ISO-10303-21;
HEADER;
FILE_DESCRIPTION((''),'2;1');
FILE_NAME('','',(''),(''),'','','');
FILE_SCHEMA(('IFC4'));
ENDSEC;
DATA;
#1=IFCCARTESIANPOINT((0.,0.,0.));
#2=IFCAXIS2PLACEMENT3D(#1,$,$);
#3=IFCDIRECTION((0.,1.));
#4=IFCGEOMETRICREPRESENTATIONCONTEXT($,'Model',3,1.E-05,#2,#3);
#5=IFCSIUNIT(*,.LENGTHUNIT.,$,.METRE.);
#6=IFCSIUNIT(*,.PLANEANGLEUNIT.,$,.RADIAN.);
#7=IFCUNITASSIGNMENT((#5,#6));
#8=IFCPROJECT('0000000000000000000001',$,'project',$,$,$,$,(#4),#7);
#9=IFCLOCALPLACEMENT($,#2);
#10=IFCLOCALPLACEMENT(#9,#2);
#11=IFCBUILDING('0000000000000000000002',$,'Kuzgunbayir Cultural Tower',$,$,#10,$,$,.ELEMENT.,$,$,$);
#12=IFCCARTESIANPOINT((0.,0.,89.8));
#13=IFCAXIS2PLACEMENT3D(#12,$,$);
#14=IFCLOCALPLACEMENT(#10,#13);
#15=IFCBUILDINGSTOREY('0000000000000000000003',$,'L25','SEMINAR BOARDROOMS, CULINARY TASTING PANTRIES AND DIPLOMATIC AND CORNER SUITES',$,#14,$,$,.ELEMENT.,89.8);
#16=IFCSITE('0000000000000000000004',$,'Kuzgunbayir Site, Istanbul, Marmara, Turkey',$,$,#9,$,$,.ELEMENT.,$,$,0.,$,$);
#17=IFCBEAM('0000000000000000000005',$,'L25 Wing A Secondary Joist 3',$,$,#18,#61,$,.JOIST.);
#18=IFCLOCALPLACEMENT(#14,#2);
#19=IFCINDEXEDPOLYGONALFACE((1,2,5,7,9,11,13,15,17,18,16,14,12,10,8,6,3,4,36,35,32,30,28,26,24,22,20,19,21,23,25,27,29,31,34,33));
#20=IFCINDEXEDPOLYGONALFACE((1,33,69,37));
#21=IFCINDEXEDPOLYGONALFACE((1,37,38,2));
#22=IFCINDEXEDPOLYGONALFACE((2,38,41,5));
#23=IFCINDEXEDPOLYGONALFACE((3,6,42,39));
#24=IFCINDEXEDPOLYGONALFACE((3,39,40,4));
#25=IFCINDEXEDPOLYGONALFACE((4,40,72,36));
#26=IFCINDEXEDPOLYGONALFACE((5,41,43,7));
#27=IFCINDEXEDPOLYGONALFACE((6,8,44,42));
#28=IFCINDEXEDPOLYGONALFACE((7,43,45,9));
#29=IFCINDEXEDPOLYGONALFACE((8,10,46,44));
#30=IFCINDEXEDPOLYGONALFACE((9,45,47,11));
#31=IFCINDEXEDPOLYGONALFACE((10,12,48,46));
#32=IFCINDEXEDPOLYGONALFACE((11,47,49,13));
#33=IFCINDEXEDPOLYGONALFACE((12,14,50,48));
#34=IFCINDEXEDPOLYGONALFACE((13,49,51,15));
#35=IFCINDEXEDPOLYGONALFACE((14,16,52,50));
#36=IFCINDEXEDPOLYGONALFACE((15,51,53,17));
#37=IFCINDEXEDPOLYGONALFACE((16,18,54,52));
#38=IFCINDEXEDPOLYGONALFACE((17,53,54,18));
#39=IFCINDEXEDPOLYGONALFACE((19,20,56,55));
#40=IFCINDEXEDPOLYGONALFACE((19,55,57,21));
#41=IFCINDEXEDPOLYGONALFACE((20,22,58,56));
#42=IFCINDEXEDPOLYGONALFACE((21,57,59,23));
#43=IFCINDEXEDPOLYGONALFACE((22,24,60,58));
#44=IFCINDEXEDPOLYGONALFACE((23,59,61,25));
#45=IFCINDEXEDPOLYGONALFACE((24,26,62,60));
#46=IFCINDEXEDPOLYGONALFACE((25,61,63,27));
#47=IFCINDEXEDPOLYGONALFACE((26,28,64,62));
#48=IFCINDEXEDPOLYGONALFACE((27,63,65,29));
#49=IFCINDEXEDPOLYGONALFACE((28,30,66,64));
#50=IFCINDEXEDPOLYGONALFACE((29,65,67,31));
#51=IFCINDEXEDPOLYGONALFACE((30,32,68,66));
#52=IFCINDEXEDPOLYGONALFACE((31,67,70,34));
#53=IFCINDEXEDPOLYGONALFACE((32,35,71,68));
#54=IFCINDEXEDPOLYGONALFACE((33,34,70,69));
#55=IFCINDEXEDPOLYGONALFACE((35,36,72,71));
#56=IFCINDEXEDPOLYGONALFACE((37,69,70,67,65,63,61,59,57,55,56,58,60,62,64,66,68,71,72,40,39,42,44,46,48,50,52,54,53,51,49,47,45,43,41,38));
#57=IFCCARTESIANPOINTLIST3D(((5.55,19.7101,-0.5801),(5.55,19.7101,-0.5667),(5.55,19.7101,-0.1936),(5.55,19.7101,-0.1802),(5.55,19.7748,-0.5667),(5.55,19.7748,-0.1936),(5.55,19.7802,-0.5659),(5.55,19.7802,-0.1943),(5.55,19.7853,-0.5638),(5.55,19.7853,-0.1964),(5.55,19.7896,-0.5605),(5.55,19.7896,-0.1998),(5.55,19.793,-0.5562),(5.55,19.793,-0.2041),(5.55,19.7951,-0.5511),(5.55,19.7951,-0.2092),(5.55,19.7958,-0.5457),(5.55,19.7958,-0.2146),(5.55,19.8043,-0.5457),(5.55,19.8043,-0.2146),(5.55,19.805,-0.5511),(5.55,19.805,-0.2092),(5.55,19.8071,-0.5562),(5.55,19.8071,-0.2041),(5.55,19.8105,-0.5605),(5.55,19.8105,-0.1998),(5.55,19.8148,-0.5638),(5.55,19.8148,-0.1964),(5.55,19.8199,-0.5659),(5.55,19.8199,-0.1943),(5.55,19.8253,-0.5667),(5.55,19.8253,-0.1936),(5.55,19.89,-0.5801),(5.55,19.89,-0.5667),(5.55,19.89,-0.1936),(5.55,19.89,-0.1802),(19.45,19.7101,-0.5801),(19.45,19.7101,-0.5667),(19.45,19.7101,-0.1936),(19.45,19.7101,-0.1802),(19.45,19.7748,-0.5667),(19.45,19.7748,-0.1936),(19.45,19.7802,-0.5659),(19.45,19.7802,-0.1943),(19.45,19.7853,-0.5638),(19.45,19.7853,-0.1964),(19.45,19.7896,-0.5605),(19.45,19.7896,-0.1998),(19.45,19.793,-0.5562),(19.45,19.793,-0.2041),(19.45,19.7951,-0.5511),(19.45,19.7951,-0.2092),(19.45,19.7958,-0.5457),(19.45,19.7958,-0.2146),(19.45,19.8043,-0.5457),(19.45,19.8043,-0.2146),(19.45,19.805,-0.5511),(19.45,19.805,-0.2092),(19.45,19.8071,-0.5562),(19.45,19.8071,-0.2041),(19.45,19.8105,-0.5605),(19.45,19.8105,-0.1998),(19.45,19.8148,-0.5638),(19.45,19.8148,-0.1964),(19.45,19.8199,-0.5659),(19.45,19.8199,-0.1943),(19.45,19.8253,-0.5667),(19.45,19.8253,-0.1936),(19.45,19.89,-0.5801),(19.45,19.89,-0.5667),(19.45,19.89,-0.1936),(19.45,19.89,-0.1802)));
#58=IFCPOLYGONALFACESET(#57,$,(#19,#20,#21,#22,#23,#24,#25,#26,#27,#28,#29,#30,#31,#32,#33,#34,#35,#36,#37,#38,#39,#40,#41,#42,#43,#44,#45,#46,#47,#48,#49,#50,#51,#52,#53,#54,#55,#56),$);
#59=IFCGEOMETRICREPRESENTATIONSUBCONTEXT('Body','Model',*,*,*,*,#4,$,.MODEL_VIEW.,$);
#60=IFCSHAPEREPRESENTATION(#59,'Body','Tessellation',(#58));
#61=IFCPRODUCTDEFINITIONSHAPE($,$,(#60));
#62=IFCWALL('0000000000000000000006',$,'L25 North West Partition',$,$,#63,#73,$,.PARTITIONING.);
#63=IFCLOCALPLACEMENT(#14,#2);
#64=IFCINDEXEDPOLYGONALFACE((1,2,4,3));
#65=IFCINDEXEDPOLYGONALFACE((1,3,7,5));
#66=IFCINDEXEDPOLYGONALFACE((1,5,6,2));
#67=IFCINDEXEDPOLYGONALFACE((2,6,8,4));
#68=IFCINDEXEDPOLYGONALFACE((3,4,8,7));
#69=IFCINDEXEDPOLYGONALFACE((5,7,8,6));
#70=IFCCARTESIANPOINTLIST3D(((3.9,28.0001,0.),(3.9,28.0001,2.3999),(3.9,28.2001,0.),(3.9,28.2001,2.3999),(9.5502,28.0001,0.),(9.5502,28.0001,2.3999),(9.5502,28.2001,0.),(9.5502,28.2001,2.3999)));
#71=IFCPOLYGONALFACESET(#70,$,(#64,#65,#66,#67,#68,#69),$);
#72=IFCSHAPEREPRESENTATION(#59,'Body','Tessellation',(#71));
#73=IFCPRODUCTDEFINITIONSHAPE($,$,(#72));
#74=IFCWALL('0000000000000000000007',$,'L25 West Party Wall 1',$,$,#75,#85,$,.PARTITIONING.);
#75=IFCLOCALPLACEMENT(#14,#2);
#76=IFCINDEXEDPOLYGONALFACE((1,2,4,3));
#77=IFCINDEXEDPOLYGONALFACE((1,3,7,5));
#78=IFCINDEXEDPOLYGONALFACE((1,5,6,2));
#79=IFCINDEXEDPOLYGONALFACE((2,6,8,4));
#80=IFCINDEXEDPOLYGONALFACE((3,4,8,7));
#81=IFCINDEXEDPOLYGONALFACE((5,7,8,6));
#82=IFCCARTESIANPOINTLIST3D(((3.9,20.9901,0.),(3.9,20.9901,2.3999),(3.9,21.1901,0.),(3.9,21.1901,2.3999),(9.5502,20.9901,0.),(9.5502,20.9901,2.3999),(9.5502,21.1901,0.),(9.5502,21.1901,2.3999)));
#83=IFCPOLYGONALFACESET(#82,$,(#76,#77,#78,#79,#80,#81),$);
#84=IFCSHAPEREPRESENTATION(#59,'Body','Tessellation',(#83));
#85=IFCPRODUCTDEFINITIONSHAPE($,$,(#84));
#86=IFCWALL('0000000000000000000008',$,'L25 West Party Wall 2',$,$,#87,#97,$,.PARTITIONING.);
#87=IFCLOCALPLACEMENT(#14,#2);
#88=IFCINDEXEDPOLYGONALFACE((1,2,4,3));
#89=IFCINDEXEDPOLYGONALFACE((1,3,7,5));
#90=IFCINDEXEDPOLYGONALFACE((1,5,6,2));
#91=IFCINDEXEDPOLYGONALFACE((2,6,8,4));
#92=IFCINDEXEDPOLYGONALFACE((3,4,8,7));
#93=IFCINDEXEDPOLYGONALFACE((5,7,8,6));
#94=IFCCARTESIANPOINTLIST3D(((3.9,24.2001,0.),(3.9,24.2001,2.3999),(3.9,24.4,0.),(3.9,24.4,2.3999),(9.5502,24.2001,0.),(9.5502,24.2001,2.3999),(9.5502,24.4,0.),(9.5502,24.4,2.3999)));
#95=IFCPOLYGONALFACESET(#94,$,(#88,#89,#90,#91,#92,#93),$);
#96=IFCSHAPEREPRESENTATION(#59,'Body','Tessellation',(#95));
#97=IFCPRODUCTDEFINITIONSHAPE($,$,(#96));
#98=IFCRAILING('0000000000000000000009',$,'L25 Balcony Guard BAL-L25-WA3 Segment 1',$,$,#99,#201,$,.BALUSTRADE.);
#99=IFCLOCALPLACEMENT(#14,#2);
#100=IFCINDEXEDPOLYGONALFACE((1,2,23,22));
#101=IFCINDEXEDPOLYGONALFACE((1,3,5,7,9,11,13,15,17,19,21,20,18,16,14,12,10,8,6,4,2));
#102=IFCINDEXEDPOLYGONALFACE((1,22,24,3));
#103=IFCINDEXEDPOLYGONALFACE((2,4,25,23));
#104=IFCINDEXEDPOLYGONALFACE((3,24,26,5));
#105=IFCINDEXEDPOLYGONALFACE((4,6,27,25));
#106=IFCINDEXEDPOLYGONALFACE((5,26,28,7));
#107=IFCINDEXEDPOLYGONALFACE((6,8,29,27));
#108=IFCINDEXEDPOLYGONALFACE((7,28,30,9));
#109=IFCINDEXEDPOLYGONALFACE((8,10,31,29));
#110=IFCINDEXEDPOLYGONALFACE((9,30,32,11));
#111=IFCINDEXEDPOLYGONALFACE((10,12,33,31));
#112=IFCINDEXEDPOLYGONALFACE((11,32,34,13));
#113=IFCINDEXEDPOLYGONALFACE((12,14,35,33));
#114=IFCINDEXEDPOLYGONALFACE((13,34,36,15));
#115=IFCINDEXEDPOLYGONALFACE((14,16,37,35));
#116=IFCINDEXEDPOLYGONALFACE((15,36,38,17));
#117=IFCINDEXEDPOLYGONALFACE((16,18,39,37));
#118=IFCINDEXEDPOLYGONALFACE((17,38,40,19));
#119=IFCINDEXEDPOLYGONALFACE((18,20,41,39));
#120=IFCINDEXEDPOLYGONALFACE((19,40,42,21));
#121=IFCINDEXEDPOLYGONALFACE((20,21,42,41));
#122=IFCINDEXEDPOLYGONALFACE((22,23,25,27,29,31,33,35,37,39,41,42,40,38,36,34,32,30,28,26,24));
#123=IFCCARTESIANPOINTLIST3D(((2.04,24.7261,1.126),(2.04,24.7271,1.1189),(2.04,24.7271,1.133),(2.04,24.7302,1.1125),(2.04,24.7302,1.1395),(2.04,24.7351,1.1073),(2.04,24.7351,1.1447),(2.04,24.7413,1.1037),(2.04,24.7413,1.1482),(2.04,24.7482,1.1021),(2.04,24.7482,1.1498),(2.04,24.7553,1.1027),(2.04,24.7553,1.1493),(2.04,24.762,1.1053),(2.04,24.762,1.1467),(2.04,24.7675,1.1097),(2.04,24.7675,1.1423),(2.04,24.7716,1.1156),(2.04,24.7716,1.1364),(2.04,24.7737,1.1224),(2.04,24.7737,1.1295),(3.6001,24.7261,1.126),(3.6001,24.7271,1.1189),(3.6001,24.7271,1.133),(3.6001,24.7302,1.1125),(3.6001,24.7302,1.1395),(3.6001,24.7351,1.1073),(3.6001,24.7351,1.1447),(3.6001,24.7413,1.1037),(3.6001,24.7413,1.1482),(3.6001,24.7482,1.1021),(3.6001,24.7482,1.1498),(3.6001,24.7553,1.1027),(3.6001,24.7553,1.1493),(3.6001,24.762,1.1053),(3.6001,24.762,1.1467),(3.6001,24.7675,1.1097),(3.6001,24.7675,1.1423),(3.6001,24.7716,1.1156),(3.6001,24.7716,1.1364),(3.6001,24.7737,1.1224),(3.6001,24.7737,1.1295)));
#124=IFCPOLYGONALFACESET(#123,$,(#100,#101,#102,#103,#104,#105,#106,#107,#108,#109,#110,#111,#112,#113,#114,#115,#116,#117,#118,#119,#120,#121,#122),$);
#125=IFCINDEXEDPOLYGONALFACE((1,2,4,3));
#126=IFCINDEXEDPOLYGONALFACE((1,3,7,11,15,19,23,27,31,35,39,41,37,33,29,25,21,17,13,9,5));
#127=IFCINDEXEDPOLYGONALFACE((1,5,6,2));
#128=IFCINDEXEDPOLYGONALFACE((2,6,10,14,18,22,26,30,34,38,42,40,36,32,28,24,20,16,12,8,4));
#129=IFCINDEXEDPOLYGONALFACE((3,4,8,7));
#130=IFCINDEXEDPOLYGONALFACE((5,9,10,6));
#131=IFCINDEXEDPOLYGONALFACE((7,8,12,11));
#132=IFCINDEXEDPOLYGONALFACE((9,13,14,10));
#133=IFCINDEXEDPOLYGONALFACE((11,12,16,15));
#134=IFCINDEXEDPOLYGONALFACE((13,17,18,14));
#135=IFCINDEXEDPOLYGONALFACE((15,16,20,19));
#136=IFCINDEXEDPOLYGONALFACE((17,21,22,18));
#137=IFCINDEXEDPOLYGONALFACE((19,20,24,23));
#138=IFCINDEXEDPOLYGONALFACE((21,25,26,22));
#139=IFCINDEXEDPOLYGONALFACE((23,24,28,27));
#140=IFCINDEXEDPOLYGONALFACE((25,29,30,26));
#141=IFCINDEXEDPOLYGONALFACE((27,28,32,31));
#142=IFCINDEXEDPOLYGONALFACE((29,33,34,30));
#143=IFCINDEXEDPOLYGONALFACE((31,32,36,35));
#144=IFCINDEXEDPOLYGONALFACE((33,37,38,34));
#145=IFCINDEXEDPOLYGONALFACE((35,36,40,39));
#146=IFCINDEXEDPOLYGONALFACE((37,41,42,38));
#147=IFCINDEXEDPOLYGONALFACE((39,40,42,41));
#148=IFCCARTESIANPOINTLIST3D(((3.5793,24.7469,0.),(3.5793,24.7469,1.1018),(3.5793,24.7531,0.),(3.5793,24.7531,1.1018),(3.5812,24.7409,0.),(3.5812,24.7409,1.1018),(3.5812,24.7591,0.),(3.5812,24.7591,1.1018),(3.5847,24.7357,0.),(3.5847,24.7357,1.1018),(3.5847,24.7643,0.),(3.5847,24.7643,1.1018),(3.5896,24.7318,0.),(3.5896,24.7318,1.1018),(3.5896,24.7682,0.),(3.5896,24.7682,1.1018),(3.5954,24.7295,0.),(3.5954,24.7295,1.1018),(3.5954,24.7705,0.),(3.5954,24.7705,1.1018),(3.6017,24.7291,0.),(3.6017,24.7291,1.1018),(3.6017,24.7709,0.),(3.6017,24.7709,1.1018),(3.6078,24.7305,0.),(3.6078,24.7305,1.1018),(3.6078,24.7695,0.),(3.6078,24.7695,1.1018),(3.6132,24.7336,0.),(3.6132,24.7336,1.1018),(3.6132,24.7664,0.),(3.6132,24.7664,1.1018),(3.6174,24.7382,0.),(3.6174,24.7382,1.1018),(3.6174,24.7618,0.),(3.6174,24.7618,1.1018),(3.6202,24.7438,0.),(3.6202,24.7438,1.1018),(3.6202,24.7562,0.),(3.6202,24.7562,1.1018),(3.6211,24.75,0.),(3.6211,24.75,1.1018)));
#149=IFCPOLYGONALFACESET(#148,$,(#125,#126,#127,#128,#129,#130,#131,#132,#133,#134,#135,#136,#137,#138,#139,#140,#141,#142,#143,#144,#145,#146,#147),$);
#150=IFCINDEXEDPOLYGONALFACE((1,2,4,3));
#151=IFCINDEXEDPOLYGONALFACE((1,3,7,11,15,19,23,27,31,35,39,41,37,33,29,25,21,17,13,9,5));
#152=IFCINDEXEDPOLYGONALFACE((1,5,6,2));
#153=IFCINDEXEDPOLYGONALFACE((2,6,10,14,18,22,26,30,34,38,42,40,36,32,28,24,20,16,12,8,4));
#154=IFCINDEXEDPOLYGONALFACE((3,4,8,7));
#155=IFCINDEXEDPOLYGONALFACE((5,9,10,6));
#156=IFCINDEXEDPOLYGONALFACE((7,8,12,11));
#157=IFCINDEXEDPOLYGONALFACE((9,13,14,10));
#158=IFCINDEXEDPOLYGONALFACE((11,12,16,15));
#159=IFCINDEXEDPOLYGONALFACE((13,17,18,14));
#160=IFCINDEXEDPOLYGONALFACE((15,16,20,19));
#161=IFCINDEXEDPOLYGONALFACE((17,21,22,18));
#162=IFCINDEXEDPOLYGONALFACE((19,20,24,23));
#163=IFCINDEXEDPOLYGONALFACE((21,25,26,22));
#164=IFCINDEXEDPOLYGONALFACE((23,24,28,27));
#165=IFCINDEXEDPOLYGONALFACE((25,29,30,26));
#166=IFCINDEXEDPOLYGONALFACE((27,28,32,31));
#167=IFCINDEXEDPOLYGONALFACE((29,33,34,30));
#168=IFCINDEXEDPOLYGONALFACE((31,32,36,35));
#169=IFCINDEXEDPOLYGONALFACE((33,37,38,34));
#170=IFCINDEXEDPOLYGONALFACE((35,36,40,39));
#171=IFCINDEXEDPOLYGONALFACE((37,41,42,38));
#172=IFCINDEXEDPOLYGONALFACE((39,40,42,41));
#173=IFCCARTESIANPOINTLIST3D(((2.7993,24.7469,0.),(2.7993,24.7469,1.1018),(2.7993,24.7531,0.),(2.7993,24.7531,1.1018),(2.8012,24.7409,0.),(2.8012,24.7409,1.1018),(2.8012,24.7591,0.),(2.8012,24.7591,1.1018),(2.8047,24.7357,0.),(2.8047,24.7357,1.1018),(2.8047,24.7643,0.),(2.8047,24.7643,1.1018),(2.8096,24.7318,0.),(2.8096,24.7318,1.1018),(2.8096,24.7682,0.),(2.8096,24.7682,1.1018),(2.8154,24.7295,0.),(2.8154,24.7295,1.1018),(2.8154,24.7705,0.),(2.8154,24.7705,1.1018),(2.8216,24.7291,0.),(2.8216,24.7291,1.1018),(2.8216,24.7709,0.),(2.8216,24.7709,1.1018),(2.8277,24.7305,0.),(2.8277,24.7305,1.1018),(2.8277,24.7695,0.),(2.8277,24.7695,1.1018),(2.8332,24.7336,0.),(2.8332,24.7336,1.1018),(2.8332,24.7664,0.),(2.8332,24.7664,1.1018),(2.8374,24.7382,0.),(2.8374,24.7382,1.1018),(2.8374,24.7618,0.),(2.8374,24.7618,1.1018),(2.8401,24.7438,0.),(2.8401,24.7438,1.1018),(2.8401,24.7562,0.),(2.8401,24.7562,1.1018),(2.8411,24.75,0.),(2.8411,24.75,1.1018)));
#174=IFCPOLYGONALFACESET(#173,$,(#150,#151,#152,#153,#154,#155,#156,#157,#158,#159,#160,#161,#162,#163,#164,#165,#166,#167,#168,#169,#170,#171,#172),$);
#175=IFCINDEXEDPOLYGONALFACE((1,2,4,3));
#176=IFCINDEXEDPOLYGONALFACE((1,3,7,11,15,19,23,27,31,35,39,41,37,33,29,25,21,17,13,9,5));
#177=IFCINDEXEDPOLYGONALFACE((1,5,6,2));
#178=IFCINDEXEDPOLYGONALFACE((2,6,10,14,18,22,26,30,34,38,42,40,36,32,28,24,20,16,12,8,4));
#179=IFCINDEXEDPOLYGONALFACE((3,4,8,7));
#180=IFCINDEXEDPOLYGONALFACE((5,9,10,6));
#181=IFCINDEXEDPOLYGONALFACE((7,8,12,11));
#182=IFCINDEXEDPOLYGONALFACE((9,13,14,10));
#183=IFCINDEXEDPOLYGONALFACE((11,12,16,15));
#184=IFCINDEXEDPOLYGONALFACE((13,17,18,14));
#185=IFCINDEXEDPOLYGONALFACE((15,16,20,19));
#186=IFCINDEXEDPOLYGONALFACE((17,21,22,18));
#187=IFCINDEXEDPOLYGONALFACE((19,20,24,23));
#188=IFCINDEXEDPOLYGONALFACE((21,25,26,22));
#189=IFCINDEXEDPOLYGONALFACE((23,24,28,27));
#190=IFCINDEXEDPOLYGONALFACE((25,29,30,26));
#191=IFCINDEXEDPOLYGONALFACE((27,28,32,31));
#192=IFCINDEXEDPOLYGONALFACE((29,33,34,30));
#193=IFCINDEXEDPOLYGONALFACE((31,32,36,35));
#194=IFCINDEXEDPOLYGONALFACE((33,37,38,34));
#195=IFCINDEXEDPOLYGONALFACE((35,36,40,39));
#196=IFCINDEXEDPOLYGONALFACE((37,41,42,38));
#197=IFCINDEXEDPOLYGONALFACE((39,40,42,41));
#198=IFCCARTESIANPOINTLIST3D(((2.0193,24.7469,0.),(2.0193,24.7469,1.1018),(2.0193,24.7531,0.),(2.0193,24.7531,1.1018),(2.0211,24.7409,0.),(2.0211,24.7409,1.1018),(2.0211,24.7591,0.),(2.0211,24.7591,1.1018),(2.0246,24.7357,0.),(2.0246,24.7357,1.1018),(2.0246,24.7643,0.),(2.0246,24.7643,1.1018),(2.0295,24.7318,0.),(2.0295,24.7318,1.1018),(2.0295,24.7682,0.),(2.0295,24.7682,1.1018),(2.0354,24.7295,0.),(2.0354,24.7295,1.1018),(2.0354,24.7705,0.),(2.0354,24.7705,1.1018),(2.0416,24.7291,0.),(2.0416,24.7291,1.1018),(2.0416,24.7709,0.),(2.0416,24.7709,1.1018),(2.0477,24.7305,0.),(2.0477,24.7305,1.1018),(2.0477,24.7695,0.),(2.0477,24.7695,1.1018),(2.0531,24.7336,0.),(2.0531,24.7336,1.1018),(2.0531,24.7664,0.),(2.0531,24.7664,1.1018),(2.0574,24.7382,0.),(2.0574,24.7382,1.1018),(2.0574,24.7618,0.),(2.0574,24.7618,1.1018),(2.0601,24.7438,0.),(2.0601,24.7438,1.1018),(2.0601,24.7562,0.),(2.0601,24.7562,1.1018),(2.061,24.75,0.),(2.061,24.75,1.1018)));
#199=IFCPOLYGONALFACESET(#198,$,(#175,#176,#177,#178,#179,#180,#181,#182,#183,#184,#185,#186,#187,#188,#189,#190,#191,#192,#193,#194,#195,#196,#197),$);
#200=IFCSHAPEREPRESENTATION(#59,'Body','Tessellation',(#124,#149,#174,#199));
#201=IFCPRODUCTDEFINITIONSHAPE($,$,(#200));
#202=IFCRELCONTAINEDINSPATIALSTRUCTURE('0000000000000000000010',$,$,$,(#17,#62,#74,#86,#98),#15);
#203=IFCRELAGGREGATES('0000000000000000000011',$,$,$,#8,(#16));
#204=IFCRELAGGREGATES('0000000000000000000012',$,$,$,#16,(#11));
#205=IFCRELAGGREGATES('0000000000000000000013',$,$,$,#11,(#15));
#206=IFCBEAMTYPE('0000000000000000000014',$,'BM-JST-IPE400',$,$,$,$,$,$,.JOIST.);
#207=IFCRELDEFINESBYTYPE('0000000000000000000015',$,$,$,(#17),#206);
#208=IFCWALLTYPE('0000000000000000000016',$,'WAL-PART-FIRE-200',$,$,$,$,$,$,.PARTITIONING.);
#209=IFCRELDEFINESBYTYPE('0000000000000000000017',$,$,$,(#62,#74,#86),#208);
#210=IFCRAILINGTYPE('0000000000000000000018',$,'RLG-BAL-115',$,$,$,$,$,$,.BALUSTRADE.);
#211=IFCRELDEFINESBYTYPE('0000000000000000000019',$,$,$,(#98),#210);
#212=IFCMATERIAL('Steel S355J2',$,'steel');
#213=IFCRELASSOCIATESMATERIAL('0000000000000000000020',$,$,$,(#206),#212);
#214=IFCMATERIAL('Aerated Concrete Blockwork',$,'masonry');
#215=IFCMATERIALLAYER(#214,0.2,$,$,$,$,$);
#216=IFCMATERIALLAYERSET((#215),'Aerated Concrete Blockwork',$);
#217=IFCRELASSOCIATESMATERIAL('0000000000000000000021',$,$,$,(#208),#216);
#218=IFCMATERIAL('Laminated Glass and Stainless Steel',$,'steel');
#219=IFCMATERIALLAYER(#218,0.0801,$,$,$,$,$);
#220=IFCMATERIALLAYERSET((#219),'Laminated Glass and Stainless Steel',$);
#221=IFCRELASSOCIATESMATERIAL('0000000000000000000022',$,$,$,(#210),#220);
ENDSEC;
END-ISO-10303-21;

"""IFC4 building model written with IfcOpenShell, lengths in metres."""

from ifc_helpers import new_model, si_unit, direction, frame, frame_2d, origin, origin_2d, place, context, subcontext, project, spatial, rectangle, circle, i_section, extrude, material, layer, layer_set, material_profile, profile_set, type_object, element, save


model = new_model("IFC4")

# Units and contexts
model_context = context("Model", 3, precision=1e-05, world=origin(), true_north=direction((0.0, 1.0)))
body_context = subcontext(model_context, "Body", "Model", "MODEL_VIEW")
ifc_project = project(units=[si_unit("LENGTHUNIT", "METRE"), si_unit("PLANEANGLEUNIT", "RADIAN")], contexts=[model_context])

# Site, building, storey
site_placement = place(None, origin())
site = spatial("IfcSite", under=ifc_project, at=site_placement, Name="Kuzgunbayir Site, Istanbul, Marmara, Turkey", CompositionType="ELEMENT", RefElevation=0.0)
building_placement = place(site_placement, origin())
building = spatial("IfcBuilding", under=site, at=building_placement, Name="Kuzgunbayir Cultural Tower", CompositionType="ELEMENT")
storey_placement = place(building_placement, frame((0.0, 0.0, 89.8)))
storey = spatial("IfcBuildingStorey", under=building, at=storey_placement, Name="L25", Description="SEMINAR BOARDROOMS, CULINARY TASTING PANTRIES AND DIPLOMATIC AND CORNER SUITES", CompositionType="ELEMENT", Elevation=89.8)

# Beam
ifc_material_1 = material(Name="Steel S355J2", Category="steel")
ifc_material_profile_1 = material_profile(ifc_material_1, i_section(OverallWidth=0.1799, OverallDepth=0.3999, WebThickness=0.0085, FlangeThickness=0.0134, FilletRadius=0.021, at=origin_2d()), Name="IPE 400")
ifc_profile_set_1 = profile_set([ifc_material_profile_1], Name="Steel S355J2")
beam_type_1 = type_object("IfcBeamType", Name="BM-JST-IPE400", PredefinedType="JOIST", material=ifc_profile_set_1)
beam_1_placement = place(storey_placement, frame((5.55, 19.8, -0.3801), z_axis=(1.0, 0.0, 0.0), x_axis=(0.0, 1.0, 0.0)))
element("IfcBeam", 1, at=beam_1_placement, inside=storey, type_object=beam_type_1, Name="L25 Wing A Secondary Joist 3", PredefinedType="JOIST", context=body_context, shape_type="SweptSolid", body=[
    extrude(i_section(OverallWidth=0.1799, OverallDepth=0.3999, WebThickness=0.0085, FlangeThickness=0.0134, FilletRadius=0.021, at=origin_2d()), origin(), (0.0, 0.0, 1.0), 13.8999),
])

# Walls
ifc_material_2 = material(Name="Aerated Concrete Blockwork", Category="masonry")
ifc_layer_1 = layer(ifc_material_2, 0.2)
ifc_layer_set_1 = layer_set([ifc_layer_1], Name="Aerated Concrete Blockwork")
wall_type = type_object("IfcWallType", Name="WAL-PART-FIRE-200", PredefinedType="PARTITIONING", material=ifc_layer_set_1)
for number, where, z_axis, x_axis, name in (
    (2, (3.8999, 28.1001, 0.0), (0.0, 0.0, 1.0), (1.0, 0.0, 0.0), "L25 North West Partition"),
    (3, (3.8999, 21.0901, 0.0), (0.0, 0.0, 1.0), (1.0, 0.0, 0.0), "L25 West Party Wall 1"),
    (4, (3.8999, 24.3, 0.0), (0.0, 0.0, 1.0), (1.0, 0.0, 0.0), "L25 West Party Wall 2"),
):
    element("IfcWall", number, at=place(storey_placement, frame(where, z_axis=z_axis, x_axis=x_axis)), inside=storey, type_object=wall_type, Name=name, PredefinedType="PARTITIONING", context=body_context, shape_type="SweptSolid", body=[
        extrude(rectangle(XDim=5.6501, YDim=0.2, at=frame_2d((2.8252, 0.0))), origin(), (0.0, 0.0, 1.0), 2.3999),
    ])

# Railing
ifc_material_3 = material(Name="Laminated Glass and Stainless Steel", Category="steel")
ifc_layer_2 = layer(ifc_material_3, 0.0801)
ifc_layer_set_2 = layer_set([ifc_layer_2], Name="Laminated Glass and Stainless Steel")
railing_type = type_object("IfcRailingType", Name="RLG-BAL-115", PredefinedType="BALUSTRADE", material=ifc_layer_set_2)
railing_1_placement = place(storey_placement, frame((3.6001, 24.75, 0.0)))
element("IfcRailing", 5, at=railing_1_placement, inside=storey, type_object=railing_type, Name="L25 Balcony Guard BAL-L25-WA3 Segment 1", PredefinedType="BALUSTRADE", context=body_context, shape_type="SweptSolid", body=[
    extrude(circle(Radius=0.0239, at=origin_2d()), frame((0.0, 0.0, 1.126), z_axis=(-1.0, 0.0, 0.0), x_axis=(0.0, -1.0, 0.0)), (0.0, 0.0, 1.0), 1.5601),
    extrude(circle(Radius=0.021, at=origin_2d()), origin(), (0.0, 0.0, 1.0), 1.1018),
    extrude(circle(Radius=0.021, at=origin_2d()), frame((-0.78, 0.0, 0.0)), (0.0, 0.0, 1.0), 1.1018),
    extrude(circle(Radius=0.021, at=origin_2d()), frame((-1.5601, 0.0, 0.0)), (0.0, 0.0, 1.0), 1.1018),
])

save(model, "model.ifc")
